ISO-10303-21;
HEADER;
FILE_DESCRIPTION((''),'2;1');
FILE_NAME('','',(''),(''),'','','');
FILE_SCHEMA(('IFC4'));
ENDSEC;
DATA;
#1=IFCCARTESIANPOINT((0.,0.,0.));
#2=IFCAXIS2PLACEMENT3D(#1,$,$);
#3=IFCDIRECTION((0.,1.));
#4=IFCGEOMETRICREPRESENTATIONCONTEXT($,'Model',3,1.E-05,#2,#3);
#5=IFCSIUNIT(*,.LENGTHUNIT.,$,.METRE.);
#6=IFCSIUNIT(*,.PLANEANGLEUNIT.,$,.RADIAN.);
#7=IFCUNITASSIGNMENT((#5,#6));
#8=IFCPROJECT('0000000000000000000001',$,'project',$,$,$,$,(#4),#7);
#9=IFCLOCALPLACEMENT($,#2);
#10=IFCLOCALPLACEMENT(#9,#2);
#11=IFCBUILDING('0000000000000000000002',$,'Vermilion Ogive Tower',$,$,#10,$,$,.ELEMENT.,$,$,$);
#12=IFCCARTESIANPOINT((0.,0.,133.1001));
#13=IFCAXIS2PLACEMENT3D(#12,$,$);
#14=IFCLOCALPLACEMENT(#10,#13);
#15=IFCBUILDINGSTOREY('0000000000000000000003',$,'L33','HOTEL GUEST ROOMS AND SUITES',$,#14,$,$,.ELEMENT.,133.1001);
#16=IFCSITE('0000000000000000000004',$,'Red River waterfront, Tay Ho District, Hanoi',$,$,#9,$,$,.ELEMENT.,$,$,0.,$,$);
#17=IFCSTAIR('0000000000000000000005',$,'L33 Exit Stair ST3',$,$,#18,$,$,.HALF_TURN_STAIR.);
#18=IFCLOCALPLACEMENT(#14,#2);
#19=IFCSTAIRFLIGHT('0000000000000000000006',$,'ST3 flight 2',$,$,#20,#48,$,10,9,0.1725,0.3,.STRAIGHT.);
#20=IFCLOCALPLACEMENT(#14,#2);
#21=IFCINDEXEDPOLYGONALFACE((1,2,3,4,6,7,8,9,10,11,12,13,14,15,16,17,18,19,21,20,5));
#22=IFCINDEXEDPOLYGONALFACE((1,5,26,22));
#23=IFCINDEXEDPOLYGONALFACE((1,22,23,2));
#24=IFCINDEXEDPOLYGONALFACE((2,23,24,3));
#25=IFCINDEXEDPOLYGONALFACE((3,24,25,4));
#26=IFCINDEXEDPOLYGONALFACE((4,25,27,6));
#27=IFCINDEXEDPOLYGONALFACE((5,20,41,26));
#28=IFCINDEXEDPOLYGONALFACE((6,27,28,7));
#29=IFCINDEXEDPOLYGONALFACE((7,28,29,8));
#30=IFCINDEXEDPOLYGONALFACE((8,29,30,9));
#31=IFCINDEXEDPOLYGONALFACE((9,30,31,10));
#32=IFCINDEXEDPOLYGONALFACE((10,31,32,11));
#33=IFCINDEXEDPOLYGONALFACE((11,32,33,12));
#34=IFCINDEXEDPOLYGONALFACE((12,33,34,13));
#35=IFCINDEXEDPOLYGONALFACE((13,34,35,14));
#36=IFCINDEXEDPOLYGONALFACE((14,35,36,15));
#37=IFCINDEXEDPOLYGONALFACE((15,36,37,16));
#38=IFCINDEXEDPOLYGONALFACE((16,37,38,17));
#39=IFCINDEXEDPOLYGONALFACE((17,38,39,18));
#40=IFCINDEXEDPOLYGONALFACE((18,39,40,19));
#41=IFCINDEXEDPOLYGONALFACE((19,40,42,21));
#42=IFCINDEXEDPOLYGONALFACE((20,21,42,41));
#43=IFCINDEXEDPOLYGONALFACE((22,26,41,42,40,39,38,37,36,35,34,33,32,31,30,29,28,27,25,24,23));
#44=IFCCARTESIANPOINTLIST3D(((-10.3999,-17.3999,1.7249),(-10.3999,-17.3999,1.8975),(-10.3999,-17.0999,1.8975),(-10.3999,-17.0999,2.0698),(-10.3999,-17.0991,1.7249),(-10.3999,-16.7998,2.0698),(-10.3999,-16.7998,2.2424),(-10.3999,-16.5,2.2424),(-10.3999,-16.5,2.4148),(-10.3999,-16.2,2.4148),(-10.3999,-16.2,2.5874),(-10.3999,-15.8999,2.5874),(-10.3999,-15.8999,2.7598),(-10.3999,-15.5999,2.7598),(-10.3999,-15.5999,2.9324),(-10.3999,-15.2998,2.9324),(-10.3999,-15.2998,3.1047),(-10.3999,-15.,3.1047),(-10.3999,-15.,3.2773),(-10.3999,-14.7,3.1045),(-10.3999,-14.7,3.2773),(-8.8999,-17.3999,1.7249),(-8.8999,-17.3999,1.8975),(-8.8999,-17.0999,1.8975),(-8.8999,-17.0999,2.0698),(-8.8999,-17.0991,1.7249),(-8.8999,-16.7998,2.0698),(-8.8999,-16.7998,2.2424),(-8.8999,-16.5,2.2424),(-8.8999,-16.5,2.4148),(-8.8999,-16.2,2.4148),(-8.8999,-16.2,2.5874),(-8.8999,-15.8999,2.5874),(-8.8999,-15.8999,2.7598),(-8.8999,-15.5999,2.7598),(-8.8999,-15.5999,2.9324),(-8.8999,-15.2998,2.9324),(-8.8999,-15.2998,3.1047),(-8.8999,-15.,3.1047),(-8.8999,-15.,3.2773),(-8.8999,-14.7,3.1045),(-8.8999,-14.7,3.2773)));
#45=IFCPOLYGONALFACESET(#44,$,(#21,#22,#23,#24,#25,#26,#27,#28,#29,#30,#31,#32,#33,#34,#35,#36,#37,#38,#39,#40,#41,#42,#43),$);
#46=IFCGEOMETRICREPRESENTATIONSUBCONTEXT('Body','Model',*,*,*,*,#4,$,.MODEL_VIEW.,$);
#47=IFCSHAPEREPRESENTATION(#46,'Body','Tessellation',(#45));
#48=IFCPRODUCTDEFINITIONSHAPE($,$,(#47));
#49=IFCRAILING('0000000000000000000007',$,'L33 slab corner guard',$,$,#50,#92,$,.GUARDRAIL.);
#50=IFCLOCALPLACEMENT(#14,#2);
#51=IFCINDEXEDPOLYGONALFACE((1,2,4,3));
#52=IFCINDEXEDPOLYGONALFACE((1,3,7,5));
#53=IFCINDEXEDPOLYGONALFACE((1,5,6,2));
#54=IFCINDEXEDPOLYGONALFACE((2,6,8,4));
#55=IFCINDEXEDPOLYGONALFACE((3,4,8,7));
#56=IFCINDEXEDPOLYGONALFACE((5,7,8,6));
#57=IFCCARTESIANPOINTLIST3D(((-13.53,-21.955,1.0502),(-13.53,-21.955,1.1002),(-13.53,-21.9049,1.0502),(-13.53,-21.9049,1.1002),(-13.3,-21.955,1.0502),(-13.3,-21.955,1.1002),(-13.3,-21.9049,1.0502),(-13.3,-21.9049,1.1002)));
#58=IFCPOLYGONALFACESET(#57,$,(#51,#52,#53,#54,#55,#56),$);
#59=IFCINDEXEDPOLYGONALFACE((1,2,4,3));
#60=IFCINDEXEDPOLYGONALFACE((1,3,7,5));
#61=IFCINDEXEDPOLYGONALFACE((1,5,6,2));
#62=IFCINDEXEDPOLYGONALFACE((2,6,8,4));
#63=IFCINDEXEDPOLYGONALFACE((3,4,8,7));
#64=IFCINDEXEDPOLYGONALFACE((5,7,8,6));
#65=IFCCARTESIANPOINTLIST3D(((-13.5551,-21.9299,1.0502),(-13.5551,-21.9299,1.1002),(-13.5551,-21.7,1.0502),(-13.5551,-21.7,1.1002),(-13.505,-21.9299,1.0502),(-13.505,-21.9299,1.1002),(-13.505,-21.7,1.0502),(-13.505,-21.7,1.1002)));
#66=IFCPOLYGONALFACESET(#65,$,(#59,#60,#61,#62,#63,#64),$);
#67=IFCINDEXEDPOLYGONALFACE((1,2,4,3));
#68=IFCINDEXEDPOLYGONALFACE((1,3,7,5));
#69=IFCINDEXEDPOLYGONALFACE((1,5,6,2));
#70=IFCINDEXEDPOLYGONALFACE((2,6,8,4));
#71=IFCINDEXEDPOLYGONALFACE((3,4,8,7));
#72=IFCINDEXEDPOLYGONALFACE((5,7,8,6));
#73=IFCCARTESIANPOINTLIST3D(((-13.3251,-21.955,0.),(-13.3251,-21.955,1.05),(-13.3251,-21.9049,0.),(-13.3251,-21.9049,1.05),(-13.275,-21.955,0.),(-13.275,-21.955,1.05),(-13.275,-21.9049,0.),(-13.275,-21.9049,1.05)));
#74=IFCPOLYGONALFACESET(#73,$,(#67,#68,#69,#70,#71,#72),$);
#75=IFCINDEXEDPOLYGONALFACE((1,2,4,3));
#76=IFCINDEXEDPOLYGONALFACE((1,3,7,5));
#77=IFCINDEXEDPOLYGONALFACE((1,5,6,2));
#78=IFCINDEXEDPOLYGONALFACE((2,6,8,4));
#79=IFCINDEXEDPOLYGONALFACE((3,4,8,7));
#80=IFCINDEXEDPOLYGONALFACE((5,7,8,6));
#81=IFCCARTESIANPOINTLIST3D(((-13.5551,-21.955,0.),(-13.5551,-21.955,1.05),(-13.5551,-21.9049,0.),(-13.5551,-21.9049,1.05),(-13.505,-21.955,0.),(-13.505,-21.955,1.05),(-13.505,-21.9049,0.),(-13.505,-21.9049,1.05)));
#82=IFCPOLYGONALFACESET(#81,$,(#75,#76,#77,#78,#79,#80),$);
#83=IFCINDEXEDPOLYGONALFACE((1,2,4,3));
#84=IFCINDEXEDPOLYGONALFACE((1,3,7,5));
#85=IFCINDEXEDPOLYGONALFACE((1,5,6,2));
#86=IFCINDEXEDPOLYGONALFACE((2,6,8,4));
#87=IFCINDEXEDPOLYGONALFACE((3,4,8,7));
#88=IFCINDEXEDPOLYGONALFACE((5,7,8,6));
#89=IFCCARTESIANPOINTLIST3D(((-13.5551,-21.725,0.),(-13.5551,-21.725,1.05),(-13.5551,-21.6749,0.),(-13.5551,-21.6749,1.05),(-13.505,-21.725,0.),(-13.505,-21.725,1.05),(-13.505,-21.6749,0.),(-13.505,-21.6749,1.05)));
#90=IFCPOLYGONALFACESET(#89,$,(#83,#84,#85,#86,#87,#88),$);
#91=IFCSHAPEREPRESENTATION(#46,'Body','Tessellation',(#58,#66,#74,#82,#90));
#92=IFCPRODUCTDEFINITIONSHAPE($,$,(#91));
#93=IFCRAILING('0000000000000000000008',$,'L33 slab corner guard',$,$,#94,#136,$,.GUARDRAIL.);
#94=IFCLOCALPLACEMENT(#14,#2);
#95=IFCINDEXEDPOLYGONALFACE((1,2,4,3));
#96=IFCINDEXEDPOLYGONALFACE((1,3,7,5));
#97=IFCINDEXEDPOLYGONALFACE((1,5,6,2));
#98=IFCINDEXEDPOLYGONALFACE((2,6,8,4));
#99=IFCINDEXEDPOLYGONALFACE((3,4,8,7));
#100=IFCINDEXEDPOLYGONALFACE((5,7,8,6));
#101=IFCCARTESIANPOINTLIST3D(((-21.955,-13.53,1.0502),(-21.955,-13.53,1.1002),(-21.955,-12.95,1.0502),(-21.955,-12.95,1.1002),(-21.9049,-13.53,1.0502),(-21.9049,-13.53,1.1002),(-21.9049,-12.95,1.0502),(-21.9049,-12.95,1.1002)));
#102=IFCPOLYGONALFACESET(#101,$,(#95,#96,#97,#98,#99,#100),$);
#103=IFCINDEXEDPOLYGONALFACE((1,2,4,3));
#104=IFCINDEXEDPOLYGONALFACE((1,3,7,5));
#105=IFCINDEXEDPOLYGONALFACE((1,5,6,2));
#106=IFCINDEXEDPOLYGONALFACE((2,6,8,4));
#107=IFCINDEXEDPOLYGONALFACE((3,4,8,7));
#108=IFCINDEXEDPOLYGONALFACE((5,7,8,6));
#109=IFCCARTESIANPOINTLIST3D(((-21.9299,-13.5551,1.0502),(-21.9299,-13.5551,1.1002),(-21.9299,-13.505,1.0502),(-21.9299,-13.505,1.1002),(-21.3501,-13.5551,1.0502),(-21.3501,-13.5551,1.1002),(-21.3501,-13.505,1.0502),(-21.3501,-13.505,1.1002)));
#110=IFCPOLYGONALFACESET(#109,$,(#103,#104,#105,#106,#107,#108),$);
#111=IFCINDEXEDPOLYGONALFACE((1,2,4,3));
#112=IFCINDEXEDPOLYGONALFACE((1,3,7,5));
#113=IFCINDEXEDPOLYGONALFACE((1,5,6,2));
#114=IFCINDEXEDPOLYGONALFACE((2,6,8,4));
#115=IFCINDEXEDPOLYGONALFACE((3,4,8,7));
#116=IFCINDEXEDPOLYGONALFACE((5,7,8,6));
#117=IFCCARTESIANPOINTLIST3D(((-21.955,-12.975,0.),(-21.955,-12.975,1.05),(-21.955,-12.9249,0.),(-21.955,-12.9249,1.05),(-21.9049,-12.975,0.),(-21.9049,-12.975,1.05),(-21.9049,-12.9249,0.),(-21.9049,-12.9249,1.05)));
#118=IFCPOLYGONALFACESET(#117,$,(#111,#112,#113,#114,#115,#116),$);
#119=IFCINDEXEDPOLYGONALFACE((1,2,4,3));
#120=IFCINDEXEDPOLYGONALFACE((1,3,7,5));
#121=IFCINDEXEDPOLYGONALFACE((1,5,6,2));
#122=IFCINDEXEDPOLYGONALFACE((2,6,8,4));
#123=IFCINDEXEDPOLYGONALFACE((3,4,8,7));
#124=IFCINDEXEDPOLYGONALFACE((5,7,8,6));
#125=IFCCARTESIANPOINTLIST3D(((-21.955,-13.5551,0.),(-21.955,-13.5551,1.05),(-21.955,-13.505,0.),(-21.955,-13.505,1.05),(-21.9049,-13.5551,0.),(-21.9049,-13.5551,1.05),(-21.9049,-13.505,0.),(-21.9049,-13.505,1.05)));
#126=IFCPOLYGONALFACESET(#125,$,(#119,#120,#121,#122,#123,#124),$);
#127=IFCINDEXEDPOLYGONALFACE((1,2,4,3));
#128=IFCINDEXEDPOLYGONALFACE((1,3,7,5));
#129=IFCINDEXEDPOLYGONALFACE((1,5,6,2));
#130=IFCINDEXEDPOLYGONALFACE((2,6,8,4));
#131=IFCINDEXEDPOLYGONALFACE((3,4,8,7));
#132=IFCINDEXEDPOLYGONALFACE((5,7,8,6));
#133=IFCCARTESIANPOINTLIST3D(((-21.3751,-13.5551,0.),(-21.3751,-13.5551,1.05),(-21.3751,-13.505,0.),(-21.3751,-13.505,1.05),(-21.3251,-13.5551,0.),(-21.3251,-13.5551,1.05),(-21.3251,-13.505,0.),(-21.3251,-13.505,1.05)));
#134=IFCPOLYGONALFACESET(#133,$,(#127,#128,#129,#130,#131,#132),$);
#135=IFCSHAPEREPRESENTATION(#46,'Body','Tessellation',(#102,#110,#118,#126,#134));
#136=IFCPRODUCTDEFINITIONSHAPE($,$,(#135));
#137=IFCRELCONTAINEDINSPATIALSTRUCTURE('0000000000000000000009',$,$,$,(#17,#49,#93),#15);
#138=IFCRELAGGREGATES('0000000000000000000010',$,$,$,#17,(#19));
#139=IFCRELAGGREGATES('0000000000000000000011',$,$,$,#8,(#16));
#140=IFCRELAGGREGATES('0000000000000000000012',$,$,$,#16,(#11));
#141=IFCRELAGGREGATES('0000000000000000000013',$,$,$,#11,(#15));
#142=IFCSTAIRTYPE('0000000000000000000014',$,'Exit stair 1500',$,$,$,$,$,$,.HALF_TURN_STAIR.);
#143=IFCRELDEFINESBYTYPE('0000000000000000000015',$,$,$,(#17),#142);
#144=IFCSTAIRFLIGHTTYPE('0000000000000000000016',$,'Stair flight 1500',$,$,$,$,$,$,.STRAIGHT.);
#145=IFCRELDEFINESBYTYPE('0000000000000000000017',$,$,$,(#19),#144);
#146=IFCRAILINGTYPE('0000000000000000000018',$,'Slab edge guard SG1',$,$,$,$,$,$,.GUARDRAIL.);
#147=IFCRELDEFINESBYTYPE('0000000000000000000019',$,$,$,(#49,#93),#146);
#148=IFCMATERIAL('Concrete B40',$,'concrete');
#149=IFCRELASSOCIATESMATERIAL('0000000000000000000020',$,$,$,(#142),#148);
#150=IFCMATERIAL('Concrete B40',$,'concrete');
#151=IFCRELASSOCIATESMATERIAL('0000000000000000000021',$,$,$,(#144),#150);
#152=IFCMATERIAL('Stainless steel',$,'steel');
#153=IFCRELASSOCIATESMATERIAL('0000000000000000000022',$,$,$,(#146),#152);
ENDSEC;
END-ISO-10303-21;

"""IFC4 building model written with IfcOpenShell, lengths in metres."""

from ifc_helpers import new_model, si_unit, direction, frame, origin, origin_2d, place, context, subcontext, project, spatial, polyline, rectangle, outline, extrude, material, type_object, element, aggregate, save


model = new_model("IFC4")

# Units and contexts
model_context = context("Model", 3, precision=1e-05, world=origin(), true_north=direction((0.0, 1.0)))
body_context = subcontext(model_context, "Body", "Model", "MODEL_VIEW")
ifc_project = project(units=[si_unit("LENGTHUNIT", "METRE"), si_unit("PLANEANGLEUNIT", "RADIAN")], contexts=[model_context])

# Site, building, storey
site_placement = place(None, origin())
site = spatial("IfcSite", under=ifc_project, at=site_placement, Name="Red River waterfront, Tay Ho District, Hanoi", CompositionType="ELEMENT", RefElevation=0.0)
building_placement = place(site_placement, origin())
building = spatial("IfcBuilding", under=site, at=building_placement, Name="Vermilion Ogive Tower", CompositionType="ELEMENT")
storey_placement = place(building_placement, frame((0.0, 0.0, 133.1001)))
storey = spatial("IfcBuildingStorey", under=building, at=storey_placement, Name="L33", Description="HOTEL GUEST ROOMS AND SUITES", CompositionType="ELEMENT", Elevation=133.1001)

# Stair, stair flight
ifc_material_1 = material(Name="Concrete B40", Category="concrete")
stair_type = type_object("IfcStairType", Name="Exit stair 1500", PredefinedType="HALF_TURN_STAIR", material=ifc_material_1)
stair_placement = place(storey_placement, origin())
stair = element("IfcStair", 1, at=stair_placement, inside=storey, type_object=stair_type, Name="L33 Exit Stair ST3", PredefinedType="HALF_TURN_STAIR")
ifc_material_2 = material(Name="Concrete B40", Category="concrete")
stair_flight_type = type_object("IfcStairFlightType", Name="Stair flight 1500", PredefinedType="STRAIGHT", material=ifc_material_2)
stair_flight_1_placement = place(storey_placement, frame((-9.6499, -17.3999, 1.7249), z_axis=(0.0, 0.0, 1.0), x_axis=(0.0, 1.0, 0.0)))
stair_flight_1 = element("IfcStairFlight", 2, at=stair_flight_1_placement, type_object=stair_flight_type, Name="ST3 flight 2", NumberOfRisers=10, NumberOfTreads=9, PredefinedType="STRAIGHT", RiserHeight=0.1725, TreadLength=0.3, context=body_context, shape_type="SweptSolid", body=[
    extrude(outline(polyline([(0.0, 0.0), (0.0, 0.1726), (0.3, 0.1726), (0.3, 0.345), (0.6001, 0.345), (0.6001, 0.5176), (0.8999, 0.5176), (0.8999, 0.6899), (1.2, 0.6899), (1.2, 0.8625), (1.5, 0.8625), (1.5, 1.0349), (1.8, 1.0349), (1.8, 1.2075), (2.1001, 1.2075), (2.1001, 1.3799), (2.3999, 1.3799), (2.3999, 1.5525), (2.7, 1.5525), (2.7, 1.7251), (2.7, 1.3796), (0.3008, 0.0), (0.0, 0.0)])), frame((0.0, 0.75, 0.0), z_axis=(0.0, -1.0, 0.0), x_axis=(1.0, 0.0, 0.0)), (0.0, 0.0, 1.0), 1.5),
])
aggregate(stair, [stair_flight_1])

# Railings
ifc_material_3 = material(Name="Stainless steel", Category="steel")
railing_type_1 = type_object("IfcRailingType", Name="Slab edge guard SG1", PredefinedType="GUARDRAIL", material=ifc_material_3)
railing_1_placement = place(storey_placement, frame((-13.3, -21.9299, 0.0)))
element("IfcRailing", 3, at=railing_1_placement, inside=storey, type_object=railing_type_1, Name="L33 slab corner guard", PredefinedType="GUARDRAIL", context=body_context, shape_type="SweptSolid", body=[
    extrude(rectangle(XDim=0.05, YDim=0.05, at=origin_2d()), frame((0.0, 0.0, 1.0752), z_axis=(-1.0, 0.0, 0.0), x_axis=(0.0, -1.0, 0.0)), (0.0, 0.0, 1.0), 0.23),
    extrude(rectangle(XDim=0.05, YDim=0.05, at=origin_2d()), frame((-0.23, 0.0, 1.0752), z_axis=(0.0, 1.0, 0.0), x_axis=(-1.0, 0.0, 0.0)), (0.0, 0.0, 1.0), 0.23),
    extrude(rectangle(XDim=0.05, YDim=0.05, at=origin_2d()), origin(), (0.0, 0.0, 1.0), 1.05),
    extrude(rectangle(XDim=0.05, YDim=0.05, at=origin_2d()), frame((-0.23, 0.0, 0.0)), (0.0, 0.0, 1.0), 1.05),
    extrude(rectangle(XDim=0.05, YDim=0.05, at=origin_2d()), frame((-0.23, 0.23, 0.0)), (0.0, 0.0, 1.0), 1.05),
])
railing_2_placement = place(storey_placement, frame((-21.9299, -12.95, 0.0)))
element("IfcRailing", 4, at=railing_2_placement, inside=storey, type_object=railing_type_1, Name="L33 slab corner guard", PredefinedType="GUARDRAIL", context=body_context, shape_type="SweptSolid", body=[
    extrude(rectangle(XDim=0.05, YDim=0.05, at=origin_2d()), frame((0.0, 0.0, 1.0752), z_axis=(0.0, -1.0, 0.0), x_axis=(1.0, 0.0, 0.0)), (0.0, 0.0, 1.0), 0.5801),
    extrude(rectangle(XDim=0.05, YDim=0.05, at=origin_2d()), frame((0.0, -0.5801, 1.0752), z_axis=(1.0, 0.0, 0.0), x_axis=(0.0, 1.0, 0.0)), (0.0, 0.0, 1.0), 0.5798),
    extrude(rectangle(XDim=0.05, YDim=0.05, at=origin_2d()), origin(), (0.0, 0.0, 1.0), 1.05),
    extrude(rectangle(XDim=0.05, YDim=0.05, at=origin_2d()), frame((0.0, -0.5801, 0.0)), (0.0, 0.0, 1.0), 1.05),
    extrude(rectangle(XDim=0.05, YDim=0.05, at=origin_2d()), frame((0.5798, -0.5801, 0.0)), (0.0, 0.0, 1.0), 1.05),
])

save(model, "model.ifc")
